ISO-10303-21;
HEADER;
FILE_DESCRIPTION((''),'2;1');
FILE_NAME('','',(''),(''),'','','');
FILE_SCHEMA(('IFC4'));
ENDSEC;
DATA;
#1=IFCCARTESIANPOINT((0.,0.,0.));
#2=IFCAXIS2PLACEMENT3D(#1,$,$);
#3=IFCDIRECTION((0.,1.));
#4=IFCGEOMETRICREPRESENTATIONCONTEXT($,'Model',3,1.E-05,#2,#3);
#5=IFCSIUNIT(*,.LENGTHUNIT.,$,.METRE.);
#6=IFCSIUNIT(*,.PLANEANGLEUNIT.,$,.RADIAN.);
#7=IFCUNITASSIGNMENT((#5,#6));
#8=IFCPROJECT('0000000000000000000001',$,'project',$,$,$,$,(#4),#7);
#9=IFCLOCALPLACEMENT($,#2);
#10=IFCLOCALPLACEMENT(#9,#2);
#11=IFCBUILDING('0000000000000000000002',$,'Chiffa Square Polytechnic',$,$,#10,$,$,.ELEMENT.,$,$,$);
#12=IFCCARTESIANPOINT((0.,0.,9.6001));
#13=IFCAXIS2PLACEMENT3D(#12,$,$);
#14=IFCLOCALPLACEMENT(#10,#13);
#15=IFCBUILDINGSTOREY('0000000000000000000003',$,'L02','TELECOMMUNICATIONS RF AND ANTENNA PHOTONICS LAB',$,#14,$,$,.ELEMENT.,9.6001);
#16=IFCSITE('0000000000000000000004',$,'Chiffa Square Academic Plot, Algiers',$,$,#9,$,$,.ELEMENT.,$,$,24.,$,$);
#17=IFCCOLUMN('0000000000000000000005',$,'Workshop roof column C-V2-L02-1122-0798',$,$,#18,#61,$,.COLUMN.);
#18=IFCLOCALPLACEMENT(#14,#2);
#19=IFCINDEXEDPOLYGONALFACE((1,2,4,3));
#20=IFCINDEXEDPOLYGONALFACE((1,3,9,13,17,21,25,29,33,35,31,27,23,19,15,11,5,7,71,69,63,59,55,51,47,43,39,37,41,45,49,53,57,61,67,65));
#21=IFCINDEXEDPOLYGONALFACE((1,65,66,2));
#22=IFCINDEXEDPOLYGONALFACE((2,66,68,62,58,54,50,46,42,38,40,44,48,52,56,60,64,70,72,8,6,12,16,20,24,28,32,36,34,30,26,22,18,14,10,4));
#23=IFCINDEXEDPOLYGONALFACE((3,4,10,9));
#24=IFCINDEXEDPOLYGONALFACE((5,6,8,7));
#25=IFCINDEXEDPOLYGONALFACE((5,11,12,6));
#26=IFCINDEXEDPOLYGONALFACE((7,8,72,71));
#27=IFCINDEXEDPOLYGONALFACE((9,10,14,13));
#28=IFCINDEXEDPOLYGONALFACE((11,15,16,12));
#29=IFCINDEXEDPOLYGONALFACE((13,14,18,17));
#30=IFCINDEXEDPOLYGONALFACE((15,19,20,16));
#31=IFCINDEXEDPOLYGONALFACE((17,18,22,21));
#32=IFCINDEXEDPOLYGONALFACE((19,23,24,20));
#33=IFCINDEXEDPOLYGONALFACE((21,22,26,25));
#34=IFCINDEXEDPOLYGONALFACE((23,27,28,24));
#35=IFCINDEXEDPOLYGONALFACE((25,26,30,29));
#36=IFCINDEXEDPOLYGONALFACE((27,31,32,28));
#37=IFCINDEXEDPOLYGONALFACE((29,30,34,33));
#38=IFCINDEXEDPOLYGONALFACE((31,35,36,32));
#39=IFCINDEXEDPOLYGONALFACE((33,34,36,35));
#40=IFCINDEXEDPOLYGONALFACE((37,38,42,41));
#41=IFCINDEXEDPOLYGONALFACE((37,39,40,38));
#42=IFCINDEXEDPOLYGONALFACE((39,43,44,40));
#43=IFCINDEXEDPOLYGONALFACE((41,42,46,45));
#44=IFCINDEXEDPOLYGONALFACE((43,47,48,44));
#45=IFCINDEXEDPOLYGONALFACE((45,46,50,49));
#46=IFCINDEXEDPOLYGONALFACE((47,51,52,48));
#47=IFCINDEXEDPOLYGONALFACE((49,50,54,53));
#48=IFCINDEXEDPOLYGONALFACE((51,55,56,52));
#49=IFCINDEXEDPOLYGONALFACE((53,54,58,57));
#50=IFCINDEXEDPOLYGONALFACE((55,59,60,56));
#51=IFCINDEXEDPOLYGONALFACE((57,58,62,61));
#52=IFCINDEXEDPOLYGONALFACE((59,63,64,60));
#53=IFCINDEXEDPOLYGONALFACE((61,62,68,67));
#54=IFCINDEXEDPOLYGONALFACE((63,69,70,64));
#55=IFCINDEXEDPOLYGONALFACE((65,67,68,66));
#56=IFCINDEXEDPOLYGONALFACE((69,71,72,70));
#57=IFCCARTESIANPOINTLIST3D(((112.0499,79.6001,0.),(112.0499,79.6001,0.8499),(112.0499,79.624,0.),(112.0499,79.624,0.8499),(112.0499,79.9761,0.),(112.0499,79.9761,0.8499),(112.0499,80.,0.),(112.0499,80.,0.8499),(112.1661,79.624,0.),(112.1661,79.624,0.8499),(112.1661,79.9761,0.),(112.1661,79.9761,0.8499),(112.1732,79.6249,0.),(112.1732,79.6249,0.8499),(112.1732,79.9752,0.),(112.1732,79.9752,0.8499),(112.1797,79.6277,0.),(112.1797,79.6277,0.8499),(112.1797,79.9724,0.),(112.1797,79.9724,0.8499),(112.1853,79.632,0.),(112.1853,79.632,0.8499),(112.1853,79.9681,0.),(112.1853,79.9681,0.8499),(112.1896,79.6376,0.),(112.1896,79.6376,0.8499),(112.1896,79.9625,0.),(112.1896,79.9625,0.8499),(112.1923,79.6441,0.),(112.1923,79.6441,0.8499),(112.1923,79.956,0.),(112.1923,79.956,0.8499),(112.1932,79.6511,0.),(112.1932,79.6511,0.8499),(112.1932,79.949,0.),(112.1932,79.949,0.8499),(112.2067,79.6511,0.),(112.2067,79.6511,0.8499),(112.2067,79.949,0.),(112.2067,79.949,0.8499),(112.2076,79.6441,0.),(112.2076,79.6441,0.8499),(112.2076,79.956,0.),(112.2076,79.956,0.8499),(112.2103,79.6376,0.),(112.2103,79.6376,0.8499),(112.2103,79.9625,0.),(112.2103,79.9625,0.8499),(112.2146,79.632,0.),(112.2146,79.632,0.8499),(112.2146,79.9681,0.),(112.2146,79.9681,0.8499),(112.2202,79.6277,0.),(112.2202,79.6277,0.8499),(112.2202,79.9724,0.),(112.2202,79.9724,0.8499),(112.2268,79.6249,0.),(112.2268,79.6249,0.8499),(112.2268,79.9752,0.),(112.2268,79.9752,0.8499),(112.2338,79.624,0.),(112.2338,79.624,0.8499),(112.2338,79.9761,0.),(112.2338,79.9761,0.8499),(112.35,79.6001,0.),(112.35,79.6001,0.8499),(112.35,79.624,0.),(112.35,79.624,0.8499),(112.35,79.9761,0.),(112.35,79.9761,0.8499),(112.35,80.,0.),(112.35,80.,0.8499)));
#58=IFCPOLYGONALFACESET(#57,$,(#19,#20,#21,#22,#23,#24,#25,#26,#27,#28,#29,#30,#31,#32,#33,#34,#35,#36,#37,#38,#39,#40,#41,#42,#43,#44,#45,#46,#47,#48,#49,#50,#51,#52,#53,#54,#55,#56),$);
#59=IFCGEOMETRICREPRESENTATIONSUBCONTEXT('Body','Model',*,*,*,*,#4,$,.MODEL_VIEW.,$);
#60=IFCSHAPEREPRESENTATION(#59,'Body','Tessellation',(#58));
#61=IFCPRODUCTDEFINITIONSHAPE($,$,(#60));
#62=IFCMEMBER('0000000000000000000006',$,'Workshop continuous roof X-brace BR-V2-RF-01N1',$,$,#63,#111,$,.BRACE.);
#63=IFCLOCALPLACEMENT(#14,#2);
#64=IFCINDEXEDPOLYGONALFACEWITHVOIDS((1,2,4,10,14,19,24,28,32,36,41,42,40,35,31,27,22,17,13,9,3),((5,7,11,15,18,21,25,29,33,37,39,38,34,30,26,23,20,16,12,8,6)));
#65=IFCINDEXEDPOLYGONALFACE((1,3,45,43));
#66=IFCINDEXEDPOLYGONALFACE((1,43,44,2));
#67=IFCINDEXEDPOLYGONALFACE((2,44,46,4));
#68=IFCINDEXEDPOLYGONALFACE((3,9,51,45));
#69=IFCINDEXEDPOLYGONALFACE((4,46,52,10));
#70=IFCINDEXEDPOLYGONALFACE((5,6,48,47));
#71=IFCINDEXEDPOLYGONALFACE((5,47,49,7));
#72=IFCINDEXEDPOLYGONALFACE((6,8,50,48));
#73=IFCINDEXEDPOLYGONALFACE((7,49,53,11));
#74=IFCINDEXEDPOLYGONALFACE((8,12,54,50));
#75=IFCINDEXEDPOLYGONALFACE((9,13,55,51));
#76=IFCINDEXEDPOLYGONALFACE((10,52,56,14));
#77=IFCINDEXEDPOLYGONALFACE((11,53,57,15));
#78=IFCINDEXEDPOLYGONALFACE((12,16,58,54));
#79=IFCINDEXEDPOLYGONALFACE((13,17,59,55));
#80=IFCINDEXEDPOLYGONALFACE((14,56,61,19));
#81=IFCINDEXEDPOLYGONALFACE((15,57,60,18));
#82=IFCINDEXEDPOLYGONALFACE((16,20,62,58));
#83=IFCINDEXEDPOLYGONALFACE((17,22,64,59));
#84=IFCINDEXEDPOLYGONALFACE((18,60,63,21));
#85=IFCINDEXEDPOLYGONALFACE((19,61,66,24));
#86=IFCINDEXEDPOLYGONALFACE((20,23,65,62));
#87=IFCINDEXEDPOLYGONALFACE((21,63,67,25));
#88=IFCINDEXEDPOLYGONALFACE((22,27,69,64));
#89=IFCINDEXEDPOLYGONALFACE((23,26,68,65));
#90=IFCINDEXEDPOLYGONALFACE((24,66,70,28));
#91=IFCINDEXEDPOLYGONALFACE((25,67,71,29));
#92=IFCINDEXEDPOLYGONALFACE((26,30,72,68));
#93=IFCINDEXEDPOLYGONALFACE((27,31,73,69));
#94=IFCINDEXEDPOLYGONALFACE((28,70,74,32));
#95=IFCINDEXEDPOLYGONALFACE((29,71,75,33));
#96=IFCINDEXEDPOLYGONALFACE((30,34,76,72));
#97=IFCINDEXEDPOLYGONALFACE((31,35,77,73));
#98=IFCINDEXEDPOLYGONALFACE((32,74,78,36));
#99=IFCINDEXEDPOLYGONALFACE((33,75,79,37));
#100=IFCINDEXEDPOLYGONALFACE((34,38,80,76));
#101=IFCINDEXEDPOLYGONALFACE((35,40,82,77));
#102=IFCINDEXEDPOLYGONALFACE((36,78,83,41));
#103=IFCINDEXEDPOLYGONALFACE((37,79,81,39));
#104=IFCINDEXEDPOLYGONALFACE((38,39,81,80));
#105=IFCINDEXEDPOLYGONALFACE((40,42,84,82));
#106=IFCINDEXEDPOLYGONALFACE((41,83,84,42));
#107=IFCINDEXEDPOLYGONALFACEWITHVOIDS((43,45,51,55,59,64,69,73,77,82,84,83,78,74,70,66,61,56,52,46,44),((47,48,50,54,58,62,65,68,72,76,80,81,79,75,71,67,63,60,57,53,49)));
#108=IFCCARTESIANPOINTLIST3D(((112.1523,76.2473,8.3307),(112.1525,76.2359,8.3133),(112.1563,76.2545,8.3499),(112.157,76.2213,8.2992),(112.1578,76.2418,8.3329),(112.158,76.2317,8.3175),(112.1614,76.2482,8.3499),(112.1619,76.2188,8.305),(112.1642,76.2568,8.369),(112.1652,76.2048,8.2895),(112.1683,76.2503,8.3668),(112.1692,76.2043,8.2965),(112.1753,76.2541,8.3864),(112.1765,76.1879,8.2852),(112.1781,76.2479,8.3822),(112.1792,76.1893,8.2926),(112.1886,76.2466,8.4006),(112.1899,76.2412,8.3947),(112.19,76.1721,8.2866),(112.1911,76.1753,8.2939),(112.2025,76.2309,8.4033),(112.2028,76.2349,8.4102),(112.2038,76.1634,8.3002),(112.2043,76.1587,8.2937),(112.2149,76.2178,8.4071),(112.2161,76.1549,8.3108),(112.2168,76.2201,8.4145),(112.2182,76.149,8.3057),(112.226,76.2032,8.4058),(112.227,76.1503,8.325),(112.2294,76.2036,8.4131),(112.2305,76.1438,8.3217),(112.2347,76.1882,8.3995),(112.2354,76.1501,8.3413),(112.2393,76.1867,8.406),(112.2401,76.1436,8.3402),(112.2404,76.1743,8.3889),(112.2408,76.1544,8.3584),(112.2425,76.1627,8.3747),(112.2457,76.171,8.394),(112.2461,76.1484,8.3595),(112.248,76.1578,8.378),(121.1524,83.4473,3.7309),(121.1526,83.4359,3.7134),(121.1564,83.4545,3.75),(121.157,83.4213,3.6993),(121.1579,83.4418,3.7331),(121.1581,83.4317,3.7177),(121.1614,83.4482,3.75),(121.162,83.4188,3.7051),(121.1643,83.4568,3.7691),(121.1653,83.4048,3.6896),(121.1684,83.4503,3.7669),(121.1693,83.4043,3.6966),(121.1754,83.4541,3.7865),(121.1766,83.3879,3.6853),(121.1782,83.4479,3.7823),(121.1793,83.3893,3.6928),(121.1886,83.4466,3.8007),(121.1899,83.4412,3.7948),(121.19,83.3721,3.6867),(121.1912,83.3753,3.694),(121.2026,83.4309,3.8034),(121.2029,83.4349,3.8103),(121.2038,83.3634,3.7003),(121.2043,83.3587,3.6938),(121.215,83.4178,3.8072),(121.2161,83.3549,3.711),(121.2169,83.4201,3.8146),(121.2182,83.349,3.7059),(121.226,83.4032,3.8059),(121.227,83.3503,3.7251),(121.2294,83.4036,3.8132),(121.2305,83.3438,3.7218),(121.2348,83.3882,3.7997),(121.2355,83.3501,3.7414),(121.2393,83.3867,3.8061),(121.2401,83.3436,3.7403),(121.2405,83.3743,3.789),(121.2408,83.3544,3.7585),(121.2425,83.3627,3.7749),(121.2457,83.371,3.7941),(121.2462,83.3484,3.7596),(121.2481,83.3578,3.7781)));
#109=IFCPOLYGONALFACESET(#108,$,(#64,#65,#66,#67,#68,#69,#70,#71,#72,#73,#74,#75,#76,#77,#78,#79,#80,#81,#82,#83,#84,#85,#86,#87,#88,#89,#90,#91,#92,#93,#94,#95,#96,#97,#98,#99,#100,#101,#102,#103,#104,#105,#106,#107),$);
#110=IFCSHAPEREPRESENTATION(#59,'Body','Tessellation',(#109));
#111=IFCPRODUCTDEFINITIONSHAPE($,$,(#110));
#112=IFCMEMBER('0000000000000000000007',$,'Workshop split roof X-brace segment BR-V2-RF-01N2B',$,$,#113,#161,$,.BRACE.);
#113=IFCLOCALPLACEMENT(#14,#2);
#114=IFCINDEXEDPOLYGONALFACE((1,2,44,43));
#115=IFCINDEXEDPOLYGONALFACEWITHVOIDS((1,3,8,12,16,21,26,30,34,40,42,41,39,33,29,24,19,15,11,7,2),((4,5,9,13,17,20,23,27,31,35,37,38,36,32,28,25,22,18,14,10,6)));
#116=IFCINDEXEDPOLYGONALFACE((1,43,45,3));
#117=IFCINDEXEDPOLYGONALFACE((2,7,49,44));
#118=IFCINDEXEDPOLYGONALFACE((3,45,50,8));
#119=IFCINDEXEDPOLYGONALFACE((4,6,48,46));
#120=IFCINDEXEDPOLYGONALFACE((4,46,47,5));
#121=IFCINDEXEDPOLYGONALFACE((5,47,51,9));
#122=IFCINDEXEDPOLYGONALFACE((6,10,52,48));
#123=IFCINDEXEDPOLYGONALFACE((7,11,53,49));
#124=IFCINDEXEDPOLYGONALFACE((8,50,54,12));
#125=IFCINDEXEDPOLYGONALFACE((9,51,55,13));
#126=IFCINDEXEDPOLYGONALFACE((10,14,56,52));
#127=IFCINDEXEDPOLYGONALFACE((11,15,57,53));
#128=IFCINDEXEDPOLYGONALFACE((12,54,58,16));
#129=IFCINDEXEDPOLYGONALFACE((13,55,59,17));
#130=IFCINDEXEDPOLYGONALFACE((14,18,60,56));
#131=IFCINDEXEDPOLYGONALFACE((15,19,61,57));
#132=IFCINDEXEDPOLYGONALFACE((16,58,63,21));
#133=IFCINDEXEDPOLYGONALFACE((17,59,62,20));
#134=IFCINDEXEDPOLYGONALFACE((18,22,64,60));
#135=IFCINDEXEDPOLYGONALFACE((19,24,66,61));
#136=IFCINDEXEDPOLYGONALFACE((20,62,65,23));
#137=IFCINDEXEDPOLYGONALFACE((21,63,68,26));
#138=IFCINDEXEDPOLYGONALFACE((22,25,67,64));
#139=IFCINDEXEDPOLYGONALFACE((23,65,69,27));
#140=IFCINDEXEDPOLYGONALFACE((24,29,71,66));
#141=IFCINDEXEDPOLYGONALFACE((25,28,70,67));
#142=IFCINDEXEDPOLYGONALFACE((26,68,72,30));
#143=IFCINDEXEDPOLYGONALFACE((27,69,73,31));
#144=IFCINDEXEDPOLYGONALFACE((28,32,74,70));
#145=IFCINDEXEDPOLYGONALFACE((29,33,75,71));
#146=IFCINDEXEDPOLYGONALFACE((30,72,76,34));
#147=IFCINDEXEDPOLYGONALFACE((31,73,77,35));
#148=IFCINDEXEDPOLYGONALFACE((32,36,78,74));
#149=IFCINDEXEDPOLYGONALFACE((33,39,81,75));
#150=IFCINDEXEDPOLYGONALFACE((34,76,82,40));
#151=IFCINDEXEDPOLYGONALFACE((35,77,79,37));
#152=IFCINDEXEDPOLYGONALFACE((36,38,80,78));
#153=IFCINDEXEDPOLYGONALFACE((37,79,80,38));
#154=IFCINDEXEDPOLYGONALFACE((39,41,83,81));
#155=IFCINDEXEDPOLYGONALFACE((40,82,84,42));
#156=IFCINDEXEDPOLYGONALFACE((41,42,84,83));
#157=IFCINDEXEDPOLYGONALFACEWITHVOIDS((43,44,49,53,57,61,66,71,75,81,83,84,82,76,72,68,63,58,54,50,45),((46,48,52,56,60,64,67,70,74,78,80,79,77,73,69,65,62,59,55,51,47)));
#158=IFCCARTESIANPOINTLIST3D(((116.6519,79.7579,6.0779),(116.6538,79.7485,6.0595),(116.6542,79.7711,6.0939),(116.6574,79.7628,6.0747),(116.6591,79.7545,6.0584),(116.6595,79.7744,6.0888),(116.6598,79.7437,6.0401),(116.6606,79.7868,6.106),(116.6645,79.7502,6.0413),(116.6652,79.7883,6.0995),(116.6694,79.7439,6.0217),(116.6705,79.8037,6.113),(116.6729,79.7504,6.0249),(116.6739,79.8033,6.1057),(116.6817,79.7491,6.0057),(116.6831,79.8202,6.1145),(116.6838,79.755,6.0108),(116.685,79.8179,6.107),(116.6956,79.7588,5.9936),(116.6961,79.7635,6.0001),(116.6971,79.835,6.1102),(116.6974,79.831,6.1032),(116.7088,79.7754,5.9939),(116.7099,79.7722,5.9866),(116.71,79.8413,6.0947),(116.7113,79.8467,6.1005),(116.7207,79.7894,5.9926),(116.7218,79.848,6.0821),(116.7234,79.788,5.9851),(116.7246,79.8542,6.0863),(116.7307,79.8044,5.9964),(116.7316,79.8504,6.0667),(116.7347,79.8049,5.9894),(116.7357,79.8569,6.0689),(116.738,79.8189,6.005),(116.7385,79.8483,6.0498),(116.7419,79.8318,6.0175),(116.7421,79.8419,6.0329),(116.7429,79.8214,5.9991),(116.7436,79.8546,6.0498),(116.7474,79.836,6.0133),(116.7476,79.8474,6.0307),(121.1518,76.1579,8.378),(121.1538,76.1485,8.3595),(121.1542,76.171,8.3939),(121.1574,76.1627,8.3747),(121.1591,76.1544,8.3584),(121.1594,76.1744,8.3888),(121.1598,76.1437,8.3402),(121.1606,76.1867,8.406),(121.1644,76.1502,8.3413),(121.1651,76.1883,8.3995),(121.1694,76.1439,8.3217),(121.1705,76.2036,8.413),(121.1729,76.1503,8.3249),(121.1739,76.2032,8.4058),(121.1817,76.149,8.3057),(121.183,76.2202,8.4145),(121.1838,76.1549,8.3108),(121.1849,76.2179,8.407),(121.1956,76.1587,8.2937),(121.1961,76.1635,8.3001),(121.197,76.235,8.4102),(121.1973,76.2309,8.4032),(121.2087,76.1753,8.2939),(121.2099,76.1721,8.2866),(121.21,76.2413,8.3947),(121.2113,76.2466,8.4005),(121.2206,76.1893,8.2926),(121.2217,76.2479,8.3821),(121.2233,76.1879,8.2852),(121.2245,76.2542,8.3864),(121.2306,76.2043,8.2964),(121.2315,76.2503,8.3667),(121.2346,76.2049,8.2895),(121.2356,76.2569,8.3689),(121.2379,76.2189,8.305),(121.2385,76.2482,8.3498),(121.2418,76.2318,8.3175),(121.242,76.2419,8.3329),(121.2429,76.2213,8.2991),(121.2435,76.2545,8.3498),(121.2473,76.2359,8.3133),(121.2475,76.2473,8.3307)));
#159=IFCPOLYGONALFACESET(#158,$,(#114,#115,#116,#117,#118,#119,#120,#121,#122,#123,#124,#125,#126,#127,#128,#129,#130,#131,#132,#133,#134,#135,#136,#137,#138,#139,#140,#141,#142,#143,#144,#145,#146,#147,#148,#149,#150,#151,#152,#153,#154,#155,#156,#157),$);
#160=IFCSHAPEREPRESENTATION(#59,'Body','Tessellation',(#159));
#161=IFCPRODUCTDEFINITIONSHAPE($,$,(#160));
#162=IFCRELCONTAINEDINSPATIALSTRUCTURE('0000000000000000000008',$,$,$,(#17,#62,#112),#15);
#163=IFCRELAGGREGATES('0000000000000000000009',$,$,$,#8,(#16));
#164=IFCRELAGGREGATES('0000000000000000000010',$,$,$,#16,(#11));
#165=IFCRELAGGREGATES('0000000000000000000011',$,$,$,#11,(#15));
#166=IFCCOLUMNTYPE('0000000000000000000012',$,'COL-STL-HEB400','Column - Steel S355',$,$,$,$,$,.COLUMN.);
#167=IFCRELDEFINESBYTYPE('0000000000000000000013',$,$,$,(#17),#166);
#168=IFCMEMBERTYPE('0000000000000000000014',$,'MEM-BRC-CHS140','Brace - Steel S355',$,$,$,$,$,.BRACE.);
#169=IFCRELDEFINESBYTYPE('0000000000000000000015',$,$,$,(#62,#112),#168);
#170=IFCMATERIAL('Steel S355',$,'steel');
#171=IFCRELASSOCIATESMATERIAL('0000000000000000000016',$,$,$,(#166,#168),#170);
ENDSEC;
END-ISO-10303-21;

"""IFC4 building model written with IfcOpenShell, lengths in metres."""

from ifc_helpers import new_model, si_unit, direction, frame, origin, origin_2d, place, context, subcontext, project, spatial, hollow_circle, i_section, extrude, material, material_profile, profile_set, type_object, element, save


model = new_model("IFC4")

# Units and contexts
model_context = context("Model", 3, precision=1e-05, world=origin(), true_north=direction((0.0, 1.0)))
body_context = subcontext(model_context, "Body", "Model", "MODEL_VIEW")
ifc_project = project(units=[si_unit("LENGTHUNIT", "METRE"), si_unit("PLANEANGLEUNIT", "RADIAN")], contexts=[model_context])

# Site, building, storey
site_placement = place(None, origin())
site = spatial("IfcSite", under=ifc_project, at=site_placement, Name="Chiffa Square Academic Plot, Algiers", CompositionType="ELEMENT", RefElevation=24.0)
building_placement = place(site_placement, origin())
building = spatial("IfcBuilding", under=site, at=building_placement, Name="Chiffa Square Polytechnic", CompositionType="ELEMENT")
storey_placement = place(building_placement, frame((0.0, 0.0, 9.6001)))
storey = spatial("IfcBuildingStorey", under=building, at=storey_placement, Name="L02", Description="TELECOMMUNICATIONS RF AND ANTENNA PHOTONICS LAB", CompositionType="ELEMENT", Elevation=9.6001)

# Column
ifc_material_1 = material(Name="Steel S355", Category="steel")
ifc_material_profile_1 = material_profile(ifc_material_1, i_section(OverallWidth=0.3, OverallDepth=0.3999, WebThickness=0.0134, FlangeThickness=0.0239, FilletRadius=0.0271, at=origin_2d()), Name="HEB 400")
ifc_profile_set_1 = profile_set([ifc_material_profile_1], Name="Steel S355")
column_type = type_object("IfcColumnType", Name="COL-STL-HEB400", Description="Column - Steel S355", PredefinedType="COLUMN", material=ifc_profile_set_1)
column_placement = place(storey_placement, frame((112.2, 79.8, 0.0), z_axis=(0.0, 0.0, 1.0), x_axis=(1.0, 0.0, 0.0)))
element("IfcColumn", 1, at=column_placement, inside=storey, type_object=column_type, Name="Workshop roof column C-V2-L02-1122-0798", PredefinedType="COLUMN", context=body_context, shape_type="SweptSolid", body=[
    extrude(i_section(OverallWidth=0.3, OverallDepth=0.3999, WebThickness=0.0134, FlangeThickness=0.0239, FilletRadius=0.0271, at=origin_2d()), origin(), (0.0, 0.0, 1.0), 0.8499),
])

# Members
ifc_material_profile_2 = material_profile(ifc_material_1, hollow_circle(Radius=0.0698, WallThickness=0.0081, at=origin_2d()), Name="CHS 139.7x8")
ifc_profile_set_2 = profile_set([ifc_material_profile_2], Name="Steel S355")
member_type_1 = type_object("IfcMemberType", Name="MEM-BRC-CHS140", Description="Brace - Steel S355", PredefinedType="BRACE", material=ifc_profile_set_2)
member_1_placement = place(storey_placement, frame((112.2, 76.2, 8.3499), z_axis=(0.725245, 0.580192, -0.370669), x_axis=(-0.624692, 0.780871, 0.0)))
element("IfcMember", 2, at=member_1_placement, inside=storey, type_object=member_type_1, Name="Workshop continuous roof X-brace BR-V2-RF-01N1", PredefinedType="BRACE", context=body_context, shape_type="SweptSolid", body=[
    extrude(hollow_circle(Radius=0.0698, WallThickness=0.0081, at=origin_2d()), origin(), (0.0, 0.0, 1.0), 12.4097),
])
member_2_placement = place(storey_placement, frame((116.7, 79.8, 6.0498), z_axis=(0.725232, -0.580201, 0.370682), x_axis=(0.624705, 0.780861, 0.0)))
element("IfcMember", 3, at=member_2_placement, inside=storey, type_object=member_type_1, Name="Workshop split roof X-brace segment BR-V2-RF-01N2B", PredefinedType="BRACE", context=body_context, shape_type="SweptSolid", body=[
    extrude(hollow_circle(Radius=0.0698, WallThickness=0.0081, at=origin_2d()), origin(), (0.0, 0.0, 1.0), 6.2048),
])

save(model, "model.ifc")
